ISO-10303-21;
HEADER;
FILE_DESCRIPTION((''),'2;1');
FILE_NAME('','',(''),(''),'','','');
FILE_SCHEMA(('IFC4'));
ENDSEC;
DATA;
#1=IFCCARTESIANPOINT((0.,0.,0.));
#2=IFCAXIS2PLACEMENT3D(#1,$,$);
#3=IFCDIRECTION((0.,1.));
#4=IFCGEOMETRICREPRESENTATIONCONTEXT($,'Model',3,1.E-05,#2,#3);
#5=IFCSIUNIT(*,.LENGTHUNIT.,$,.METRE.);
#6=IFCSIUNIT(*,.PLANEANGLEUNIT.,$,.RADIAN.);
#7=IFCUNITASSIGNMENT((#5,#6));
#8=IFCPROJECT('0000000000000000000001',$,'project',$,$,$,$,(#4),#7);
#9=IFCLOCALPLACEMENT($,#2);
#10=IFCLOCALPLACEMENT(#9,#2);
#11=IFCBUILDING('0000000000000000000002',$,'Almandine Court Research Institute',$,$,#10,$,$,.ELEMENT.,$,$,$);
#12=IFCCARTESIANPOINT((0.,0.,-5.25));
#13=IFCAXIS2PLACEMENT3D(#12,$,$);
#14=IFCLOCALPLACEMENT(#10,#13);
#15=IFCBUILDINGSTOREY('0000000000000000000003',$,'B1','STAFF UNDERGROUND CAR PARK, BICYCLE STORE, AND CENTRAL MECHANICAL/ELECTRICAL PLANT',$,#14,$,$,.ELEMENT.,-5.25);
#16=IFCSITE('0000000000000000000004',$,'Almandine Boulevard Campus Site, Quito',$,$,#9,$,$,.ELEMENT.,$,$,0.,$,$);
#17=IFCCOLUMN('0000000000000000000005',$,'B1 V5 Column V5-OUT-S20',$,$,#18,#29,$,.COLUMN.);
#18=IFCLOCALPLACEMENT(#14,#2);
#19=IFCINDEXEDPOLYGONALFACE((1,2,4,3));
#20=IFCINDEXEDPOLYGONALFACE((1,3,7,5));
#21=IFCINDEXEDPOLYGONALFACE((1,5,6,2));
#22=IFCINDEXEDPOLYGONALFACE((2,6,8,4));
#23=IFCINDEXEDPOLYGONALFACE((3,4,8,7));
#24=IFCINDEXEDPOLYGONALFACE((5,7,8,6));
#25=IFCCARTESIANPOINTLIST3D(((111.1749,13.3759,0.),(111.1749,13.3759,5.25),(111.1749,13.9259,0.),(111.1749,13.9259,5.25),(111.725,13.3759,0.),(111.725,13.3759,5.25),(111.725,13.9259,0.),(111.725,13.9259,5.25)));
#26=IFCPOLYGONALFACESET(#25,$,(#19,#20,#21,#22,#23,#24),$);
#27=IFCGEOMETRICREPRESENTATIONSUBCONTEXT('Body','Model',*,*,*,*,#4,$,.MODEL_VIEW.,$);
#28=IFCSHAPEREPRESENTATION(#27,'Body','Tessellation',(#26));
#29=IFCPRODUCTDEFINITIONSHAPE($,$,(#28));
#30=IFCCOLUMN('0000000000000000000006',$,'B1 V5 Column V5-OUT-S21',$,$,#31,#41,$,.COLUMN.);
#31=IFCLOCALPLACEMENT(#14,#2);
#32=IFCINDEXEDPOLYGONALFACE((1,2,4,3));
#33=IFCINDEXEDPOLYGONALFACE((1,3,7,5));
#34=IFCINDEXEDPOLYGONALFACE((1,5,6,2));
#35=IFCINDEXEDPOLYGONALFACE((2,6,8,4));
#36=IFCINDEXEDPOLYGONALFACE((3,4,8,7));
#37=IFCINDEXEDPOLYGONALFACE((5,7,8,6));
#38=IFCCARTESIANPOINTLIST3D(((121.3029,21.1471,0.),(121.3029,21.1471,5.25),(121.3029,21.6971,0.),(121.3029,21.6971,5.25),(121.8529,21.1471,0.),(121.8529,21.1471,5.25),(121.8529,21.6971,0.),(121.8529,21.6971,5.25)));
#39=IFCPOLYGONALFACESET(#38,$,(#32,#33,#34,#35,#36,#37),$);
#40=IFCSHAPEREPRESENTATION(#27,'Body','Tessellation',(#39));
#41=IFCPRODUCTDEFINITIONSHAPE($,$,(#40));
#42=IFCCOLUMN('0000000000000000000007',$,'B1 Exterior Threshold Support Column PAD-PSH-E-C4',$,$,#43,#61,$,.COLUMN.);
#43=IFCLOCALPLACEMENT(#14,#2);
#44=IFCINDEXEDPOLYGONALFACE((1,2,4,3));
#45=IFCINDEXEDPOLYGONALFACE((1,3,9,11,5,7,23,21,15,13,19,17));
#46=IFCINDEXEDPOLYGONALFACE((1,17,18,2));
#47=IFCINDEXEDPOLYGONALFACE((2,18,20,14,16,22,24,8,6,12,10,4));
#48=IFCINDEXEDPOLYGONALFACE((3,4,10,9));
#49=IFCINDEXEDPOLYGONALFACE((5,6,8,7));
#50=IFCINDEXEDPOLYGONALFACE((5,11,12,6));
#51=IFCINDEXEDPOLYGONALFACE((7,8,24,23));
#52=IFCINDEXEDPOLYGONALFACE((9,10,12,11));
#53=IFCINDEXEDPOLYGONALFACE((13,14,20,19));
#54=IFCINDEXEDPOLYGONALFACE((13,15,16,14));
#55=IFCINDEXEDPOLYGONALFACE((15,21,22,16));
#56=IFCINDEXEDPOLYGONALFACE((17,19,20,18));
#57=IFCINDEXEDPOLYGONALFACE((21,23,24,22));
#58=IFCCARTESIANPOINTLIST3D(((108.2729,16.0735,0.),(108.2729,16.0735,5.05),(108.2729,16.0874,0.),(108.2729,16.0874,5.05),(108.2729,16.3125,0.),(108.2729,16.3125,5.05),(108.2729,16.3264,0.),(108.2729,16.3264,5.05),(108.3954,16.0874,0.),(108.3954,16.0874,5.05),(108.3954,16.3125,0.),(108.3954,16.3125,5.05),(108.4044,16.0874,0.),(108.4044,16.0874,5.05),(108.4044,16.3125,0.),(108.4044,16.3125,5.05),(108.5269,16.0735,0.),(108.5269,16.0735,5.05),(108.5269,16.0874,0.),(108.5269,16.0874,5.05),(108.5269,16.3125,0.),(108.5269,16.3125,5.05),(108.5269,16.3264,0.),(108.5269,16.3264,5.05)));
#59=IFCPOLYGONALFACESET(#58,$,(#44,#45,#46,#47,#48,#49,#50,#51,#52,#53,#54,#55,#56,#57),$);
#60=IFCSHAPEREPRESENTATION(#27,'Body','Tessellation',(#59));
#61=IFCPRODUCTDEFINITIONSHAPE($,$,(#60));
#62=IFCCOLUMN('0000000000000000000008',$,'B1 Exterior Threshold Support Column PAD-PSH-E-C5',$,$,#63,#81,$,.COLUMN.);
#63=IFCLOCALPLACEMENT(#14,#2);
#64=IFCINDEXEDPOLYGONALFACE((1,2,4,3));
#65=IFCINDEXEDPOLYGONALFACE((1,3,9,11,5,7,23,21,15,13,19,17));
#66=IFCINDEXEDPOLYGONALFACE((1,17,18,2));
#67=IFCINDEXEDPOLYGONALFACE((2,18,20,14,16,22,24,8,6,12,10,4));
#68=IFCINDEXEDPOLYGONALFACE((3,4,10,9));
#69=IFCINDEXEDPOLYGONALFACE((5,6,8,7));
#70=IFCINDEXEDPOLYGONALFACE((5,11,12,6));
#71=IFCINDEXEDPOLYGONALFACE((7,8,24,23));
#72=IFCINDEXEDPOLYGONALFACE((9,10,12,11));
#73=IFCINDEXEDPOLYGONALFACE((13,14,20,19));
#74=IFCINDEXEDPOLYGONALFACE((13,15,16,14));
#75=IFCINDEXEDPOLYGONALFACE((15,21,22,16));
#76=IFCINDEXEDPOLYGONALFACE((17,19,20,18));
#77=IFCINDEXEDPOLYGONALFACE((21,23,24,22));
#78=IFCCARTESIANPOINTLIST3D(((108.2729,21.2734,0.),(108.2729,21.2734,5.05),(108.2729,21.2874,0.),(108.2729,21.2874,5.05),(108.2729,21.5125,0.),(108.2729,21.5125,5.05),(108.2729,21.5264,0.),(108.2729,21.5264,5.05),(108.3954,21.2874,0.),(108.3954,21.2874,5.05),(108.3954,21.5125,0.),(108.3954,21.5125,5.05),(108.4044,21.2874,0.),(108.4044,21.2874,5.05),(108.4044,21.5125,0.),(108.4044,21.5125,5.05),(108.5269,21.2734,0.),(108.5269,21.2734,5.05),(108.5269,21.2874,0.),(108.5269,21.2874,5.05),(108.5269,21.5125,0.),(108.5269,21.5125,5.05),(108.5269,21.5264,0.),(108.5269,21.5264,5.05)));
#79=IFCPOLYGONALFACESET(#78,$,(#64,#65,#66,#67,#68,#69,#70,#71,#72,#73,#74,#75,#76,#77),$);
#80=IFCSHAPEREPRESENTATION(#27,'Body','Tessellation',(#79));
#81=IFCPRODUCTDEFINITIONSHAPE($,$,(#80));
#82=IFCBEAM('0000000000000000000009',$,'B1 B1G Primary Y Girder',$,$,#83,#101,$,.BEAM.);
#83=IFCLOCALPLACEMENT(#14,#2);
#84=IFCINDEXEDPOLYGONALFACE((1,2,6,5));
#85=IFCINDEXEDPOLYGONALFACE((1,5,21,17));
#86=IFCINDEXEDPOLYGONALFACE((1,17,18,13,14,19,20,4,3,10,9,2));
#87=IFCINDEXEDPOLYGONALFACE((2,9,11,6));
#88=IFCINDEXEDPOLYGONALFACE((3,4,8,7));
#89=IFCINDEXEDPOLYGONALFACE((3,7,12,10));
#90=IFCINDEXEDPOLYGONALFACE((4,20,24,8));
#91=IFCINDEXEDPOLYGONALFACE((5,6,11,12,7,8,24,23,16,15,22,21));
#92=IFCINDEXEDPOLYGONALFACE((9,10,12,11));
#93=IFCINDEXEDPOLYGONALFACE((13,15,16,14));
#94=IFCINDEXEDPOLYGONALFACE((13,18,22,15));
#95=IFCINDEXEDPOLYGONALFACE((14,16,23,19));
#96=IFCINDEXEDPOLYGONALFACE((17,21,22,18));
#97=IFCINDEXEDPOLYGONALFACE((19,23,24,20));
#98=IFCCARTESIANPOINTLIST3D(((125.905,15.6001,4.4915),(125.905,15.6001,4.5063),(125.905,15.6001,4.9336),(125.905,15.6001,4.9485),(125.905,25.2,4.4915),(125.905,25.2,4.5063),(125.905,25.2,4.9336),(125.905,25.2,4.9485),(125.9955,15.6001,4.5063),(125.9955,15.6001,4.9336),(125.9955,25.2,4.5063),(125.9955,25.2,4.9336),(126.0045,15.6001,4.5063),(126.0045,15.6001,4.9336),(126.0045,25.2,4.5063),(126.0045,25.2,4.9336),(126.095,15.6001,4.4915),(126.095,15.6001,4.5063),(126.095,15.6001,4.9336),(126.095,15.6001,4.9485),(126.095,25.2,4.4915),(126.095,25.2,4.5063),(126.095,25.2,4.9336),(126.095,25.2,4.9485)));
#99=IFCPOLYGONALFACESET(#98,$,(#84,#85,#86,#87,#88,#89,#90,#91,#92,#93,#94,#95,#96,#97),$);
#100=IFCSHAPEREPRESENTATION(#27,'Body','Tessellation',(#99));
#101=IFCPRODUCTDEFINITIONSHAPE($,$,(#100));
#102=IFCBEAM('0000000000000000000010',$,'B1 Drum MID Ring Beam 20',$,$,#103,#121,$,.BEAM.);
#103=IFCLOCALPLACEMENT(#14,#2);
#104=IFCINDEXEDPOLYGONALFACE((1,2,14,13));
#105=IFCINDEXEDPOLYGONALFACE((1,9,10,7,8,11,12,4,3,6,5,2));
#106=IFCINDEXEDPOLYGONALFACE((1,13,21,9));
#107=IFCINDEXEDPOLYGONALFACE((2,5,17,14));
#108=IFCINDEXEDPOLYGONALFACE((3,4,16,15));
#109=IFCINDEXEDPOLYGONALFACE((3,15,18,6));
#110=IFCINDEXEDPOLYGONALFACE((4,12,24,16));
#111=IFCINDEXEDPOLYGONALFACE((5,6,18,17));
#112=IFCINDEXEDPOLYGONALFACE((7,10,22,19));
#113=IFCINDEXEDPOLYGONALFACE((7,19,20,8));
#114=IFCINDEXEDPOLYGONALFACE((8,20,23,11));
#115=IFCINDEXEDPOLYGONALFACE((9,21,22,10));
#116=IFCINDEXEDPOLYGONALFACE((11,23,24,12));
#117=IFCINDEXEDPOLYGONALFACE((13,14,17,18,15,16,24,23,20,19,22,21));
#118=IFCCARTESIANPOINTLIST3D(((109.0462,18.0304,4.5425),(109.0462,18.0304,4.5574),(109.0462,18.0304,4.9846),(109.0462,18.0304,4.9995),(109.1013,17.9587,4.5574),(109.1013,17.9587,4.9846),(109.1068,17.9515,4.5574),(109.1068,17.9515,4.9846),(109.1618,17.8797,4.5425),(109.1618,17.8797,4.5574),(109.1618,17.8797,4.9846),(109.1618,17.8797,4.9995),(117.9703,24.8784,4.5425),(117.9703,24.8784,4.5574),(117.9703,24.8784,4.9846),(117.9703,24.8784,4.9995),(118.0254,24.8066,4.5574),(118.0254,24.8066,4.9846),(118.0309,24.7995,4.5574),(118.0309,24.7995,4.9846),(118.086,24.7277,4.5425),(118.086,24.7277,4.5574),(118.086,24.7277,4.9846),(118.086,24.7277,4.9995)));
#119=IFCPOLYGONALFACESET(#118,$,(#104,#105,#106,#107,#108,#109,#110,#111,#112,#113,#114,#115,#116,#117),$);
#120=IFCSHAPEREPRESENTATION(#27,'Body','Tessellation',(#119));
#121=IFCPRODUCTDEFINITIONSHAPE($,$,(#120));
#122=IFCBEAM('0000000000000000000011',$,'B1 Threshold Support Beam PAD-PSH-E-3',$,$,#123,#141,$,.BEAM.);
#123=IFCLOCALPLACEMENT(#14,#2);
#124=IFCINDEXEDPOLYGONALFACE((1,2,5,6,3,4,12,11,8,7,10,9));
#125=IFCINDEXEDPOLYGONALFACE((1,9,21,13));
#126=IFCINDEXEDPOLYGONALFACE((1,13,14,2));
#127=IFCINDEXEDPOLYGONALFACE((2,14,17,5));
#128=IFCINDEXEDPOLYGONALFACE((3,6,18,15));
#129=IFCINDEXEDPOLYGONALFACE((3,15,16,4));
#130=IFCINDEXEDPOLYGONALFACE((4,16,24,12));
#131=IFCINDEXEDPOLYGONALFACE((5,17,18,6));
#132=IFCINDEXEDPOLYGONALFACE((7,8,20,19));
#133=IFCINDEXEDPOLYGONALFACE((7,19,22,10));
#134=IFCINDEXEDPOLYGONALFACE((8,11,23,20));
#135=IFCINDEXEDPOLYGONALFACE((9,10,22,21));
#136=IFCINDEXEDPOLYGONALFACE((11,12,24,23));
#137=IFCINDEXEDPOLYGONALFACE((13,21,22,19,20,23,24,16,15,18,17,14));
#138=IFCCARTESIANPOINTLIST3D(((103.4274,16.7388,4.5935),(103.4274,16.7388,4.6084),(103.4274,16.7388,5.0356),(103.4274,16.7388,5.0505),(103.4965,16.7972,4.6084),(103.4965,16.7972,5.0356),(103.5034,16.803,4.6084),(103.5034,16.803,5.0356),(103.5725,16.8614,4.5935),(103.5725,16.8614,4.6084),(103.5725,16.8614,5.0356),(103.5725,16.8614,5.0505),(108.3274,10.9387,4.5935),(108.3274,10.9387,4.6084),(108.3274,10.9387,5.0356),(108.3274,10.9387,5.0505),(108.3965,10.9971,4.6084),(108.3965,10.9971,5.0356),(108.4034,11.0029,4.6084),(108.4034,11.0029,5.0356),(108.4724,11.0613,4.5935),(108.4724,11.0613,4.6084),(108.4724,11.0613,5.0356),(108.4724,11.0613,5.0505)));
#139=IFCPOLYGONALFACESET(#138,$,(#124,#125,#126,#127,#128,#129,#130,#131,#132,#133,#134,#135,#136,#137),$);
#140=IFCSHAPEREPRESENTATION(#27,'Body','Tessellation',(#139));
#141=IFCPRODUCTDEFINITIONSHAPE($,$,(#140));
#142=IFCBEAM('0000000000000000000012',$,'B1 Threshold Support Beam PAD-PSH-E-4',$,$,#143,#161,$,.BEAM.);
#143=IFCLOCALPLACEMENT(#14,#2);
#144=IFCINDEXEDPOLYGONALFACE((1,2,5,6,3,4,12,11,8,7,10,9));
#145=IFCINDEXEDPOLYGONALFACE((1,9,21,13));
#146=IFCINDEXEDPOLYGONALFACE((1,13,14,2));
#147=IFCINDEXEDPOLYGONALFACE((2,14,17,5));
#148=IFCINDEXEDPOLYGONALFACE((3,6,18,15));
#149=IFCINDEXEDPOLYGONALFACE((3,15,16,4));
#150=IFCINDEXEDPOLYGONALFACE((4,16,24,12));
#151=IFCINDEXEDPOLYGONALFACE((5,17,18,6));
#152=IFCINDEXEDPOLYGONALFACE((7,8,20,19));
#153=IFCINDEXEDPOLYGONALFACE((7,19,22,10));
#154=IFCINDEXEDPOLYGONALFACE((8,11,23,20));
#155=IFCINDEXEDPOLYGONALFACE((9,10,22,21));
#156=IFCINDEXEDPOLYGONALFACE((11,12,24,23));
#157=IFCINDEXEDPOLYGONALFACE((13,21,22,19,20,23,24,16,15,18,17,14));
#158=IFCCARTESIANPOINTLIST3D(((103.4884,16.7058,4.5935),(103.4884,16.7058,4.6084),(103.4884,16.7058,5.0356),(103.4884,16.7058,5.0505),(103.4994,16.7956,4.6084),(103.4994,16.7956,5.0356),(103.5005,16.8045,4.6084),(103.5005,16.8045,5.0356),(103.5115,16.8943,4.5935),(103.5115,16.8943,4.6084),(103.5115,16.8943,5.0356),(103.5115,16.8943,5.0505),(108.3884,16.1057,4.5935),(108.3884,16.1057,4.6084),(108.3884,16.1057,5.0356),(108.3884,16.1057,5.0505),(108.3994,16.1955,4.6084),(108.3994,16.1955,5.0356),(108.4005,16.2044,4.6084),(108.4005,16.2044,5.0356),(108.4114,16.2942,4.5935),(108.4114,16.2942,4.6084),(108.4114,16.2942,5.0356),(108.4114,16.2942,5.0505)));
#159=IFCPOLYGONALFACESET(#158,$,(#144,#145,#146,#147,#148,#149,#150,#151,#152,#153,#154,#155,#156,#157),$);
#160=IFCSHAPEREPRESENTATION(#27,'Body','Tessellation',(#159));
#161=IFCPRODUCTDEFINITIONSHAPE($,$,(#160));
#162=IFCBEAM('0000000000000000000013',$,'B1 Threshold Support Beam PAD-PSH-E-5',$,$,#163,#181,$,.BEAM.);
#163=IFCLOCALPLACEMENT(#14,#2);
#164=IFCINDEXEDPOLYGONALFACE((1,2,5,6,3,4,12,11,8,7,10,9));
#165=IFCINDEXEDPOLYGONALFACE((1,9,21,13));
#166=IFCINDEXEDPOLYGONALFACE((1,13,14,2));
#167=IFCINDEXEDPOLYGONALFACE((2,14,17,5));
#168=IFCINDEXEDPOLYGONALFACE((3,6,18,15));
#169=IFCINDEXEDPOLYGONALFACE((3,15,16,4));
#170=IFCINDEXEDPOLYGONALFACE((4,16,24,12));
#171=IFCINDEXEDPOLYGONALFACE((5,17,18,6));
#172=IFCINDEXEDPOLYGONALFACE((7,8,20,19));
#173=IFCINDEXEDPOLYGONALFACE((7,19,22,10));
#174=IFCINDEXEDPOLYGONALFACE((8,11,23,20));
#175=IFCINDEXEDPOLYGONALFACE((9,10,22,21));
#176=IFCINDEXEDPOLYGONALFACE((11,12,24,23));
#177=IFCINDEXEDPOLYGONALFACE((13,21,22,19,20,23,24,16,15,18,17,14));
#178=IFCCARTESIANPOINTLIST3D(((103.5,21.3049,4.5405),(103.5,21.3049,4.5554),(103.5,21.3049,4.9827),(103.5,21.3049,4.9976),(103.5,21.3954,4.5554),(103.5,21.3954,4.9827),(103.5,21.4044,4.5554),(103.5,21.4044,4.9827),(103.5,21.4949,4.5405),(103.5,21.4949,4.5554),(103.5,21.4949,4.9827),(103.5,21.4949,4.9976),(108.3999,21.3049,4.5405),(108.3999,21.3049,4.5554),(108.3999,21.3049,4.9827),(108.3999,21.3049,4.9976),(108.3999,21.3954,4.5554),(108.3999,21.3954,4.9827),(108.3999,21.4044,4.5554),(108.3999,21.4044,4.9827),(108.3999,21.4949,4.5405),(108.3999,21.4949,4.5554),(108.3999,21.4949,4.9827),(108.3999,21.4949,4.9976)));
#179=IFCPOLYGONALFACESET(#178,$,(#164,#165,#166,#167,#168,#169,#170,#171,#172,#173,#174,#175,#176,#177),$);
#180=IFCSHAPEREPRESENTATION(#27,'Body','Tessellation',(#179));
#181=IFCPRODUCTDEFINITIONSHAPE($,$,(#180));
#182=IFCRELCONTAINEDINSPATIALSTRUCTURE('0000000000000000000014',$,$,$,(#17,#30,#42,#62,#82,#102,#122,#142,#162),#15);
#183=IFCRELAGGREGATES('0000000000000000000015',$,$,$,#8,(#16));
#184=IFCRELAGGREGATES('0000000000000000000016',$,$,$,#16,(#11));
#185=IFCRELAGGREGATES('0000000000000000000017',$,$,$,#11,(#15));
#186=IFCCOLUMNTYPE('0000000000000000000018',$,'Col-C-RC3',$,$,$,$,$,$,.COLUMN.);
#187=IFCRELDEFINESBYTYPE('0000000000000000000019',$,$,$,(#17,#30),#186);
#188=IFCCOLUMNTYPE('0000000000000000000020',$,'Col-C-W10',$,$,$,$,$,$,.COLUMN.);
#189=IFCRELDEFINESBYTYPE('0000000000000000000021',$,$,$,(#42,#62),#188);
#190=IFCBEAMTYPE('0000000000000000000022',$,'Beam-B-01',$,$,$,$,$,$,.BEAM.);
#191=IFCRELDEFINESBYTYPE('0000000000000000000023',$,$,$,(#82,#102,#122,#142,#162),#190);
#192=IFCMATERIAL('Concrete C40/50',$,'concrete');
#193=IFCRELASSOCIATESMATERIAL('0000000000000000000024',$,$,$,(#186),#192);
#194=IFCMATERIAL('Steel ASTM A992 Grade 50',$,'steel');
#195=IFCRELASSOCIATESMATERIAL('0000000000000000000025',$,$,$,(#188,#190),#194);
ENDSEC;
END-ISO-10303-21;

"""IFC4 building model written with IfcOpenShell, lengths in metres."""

from ifc_helpers import new_model, si_unit, direction, frame, origin, origin_2d, place, context, subcontext, project, spatial, rectangle, i_section, extrude, material, material_profile, profile_set, type_object, element, save


model = new_model("IFC4")

# Units and contexts
model_context = context("Model", 3, precision=1e-05, world=origin(), true_north=direction((0.0, 1.0)))
body_context = subcontext(model_context, "Body", "Model", "MODEL_VIEW")
ifc_project = project(units=[si_unit("LENGTHUNIT", "METRE"), si_unit("PLANEANGLEUNIT", "RADIAN")], contexts=[model_context])

# Site, building, storey
site_placement = place(None, origin())
site = spatial("IfcSite", under=ifc_project, at=site_placement, Name="Almandine Boulevard Campus Site, Quito", CompositionType="ELEMENT", RefElevation=0.0)
building_placement = place(site_placement, origin())
building = spatial("IfcBuilding", under=site, at=building_placement, Name="Almandine Court Research Institute", CompositionType="ELEMENT")
storey_placement = place(building_placement, frame((0.0, 0.0, -5.25)))
storey = spatial("IfcBuildingStorey", under=building, at=storey_placement, Name="B1", Description="STAFF UNDERGROUND CAR PARK, BICYCLE STORE, AND CENTRAL MECHANICAL/ELECTRICAL PLANT", CompositionType="ELEMENT", Elevation=-5.25)

# Columns
ifc_material_1 = material(Name="Concrete C40/50", Category="concrete")
ifc_material_profile_1 = material_profile(ifc_material_1, rectangle(XDim=0.55, YDim=0.55, at=origin_2d()), Name="RC 550x550")
ifc_profile_set_1 = profile_set([ifc_material_profile_1], Name="Concrete C40/50")
column_type_1 = type_object("IfcColumnType", Name="Col-C-RC3", PredefinedType="COLUMN", material=ifc_profile_set_1)
for number, where, z_axis, x_axis, name in (
    (1, (111.45, 13.6509, 0.0), (0.0, 0.0, 1.0), (1.0, 0.0, 0.0), "B1 V5 Column V5-OUT-S20"),
    (2, (121.5779, 21.4221, 0.0), (0.0, 0.0, 1.0), (1.0, 0.0, 0.0), "B1 V5 Column V5-OUT-S21"),
):
    element("IfcColumn", number, at=place(storey_placement, frame(where, z_axis=z_axis, x_axis=x_axis)), inside=storey, type_object=column_type_1, Name=name, PredefinedType="COLUMN", context=body_context, shape_type="SweptSolid", body=[
        extrude(rectangle(XDim=0.55, YDim=0.55, at=origin_2d()), origin(), (0.0, 0.0, 1.0), 5.25),
    ])
ifc_material_2 = material(Name="Steel ASTM A992 Grade 50", Category="steel")
ifc_material_profile_2 = material_profile(ifc_material_2, i_section(OverallWidth=0.2539, OverallDepth=0.2529, WebThickness=0.009, FlangeThickness=0.0139, at=origin_2d()), Name="W250x73")
ifc_profile_set_2 = profile_set([ifc_material_profile_2], Name="Steel ASTM A992 Grade 50")
column_type_2 = type_object("IfcColumnType", Name="Col-C-W10", PredefinedType="COLUMN", material=ifc_profile_set_2)
for number, where, z_axis, x_axis, name in (
    (3, (108.3999, 16.2, 0.0), (0.0, 0.0, 1.0), (1.0, 0.0, 0.0), "B1 Exterior Threshold Support Column PAD-PSH-E-C4"),
    (4, (108.3999, 21.3999, 0.0), (0.0, 0.0, 1.0), (1.0, 0.0, 0.0), "B1 Exterior Threshold Support Column PAD-PSH-E-C5"),
):
    element("IfcColumn", number, at=place(storey_placement, frame(where, z_axis=z_axis, x_axis=x_axis)), inside=storey, type_object=column_type_2, Name=name, PredefinedType="COLUMN", context=body_context, shape_type="SweptSolid", body=[
        extrude(i_section(OverallWidth=0.2539, OverallDepth=0.2529, WebThickness=0.009, FlangeThickness=0.0139, at=origin_2d()), origin(), (0.0, 0.0, 1.0), 5.05),
    ])

# Beams
ifc_material_profile_3 = material_profile(ifc_material_2, i_section(OverallWidth=0.1899, OverallDepth=0.457, WebThickness=0.009, FlangeThickness=0.0149, at=origin_2d()), Name="W460x74")
ifc_profile_set_3 = profile_set([ifc_material_profile_3], Name="Steel ASTM A992 Grade 50")
beam_type_1 = type_object("IfcBeamType", Name="Beam-B-01", PredefinedType="BEAM", material=ifc_profile_set_3)
beam_1_placement = place(storey_placement, frame((126.0, 15.6001, 4.72), z_axis=(0.0, 1.0, 0.0), x_axis=(-1.0, 0.0, 0.0)))
element("IfcBeam", 5, at=beam_1_placement, inside=storey, type_object=beam_type_1, Name="B1 B1G Primary Y Girder", PredefinedType="BEAM", context=body_context, shape_type="SweptSolid", body=[
    extrude(i_section(OverallWidth=0.1899, OverallDepth=0.457, WebThickness=0.009, FlangeThickness=0.0149, at=origin_2d()), origin(), (0.0, 0.0, 1.0), 9.5999),
])
beam_2_placement = place(storey_placement, frame((109.104, 17.9551, 4.771), z_axis=(0.793344, 0.608774, 0.0), x_axis=(-0.608774, 0.793344, 0.0)))
element("IfcBeam", 6, at=beam_2_placement, inside=storey, type_object=beam_type_1, Name="B1 Drum MID Ring Beam 20", PredefinedType="BEAM", context=body_context, shape_type="SweptSolid", body=[
    extrude(i_section(OverallWidth=0.1899, OverallDepth=0.457, WebThickness=0.009, FlangeThickness=0.0149, at=origin_2d()), origin(), (0.0, 0.0, 1.0), 11.2488),
])
beam_3_placement = place(storey_placement, frame((108.3999, 11.0, 4.822), z_axis=(-0.645341, 0.763895, 0.0), x_axis=(-0.763895, -0.645341, 0.0)))
element("IfcBeam", 7, at=beam_3_placement, inside=storey, type_object=beam_type_1, Name="B1 Threshold Support Beam PAD-PSH-E-3", PredefinedType="BEAM", context=body_context, shape_type="SweptSolid", body=[
    extrude(i_section(OverallWidth=0.1899, OverallDepth=0.457, WebThickness=0.009, FlangeThickness=0.0149, at=origin_2d()), origin(), (0.0, 0.0, 1.0), 7.5928),
])
beam_4_placement = place(storey_placement, frame((108.3999, 16.2, 4.822), z_axis=(-0.992584, 0.121563, 0.0), x_axis=(-0.121563, -0.992584, 0.0)))
element("IfcBeam", 8, at=beam_4_placement, inside=storey, type_object=beam_type_1, Name="B1 Threshold Support Beam PAD-PSH-E-4", PredefinedType="BEAM", context=body_context, shape_type="SweptSolid", body=[
    extrude(i_section(OverallWidth=0.1899, OverallDepth=0.457, WebThickness=0.009, FlangeThickness=0.0149, at=origin_2d()), origin(), (0.0, 0.0, 1.0), 4.9365),
])
beam_5_placement = place(storey_placement, frame((108.3999, 21.3999, 4.769), z_axis=(-1.0, 0.0, 0.0), x_axis=(0.0, -1.0, 0.0)))
element("IfcBeam", 9, at=beam_5_placement, inside=storey, type_object=beam_type_1, Name="B1 Threshold Support Beam PAD-PSH-E-5", PredefinedType="BEAM", context=body_context, shape_type="SweptSolid", body=[
    extrude(i_section(OverallWidth=0.1899, OverallDepth=0.457, WebThickness=0.009, FlangeThickness=0.0149, at=origin_2d()), origin(), (0.0, 0.0, 1.0), 4.8999),
])

save(model, "model.ifc")
